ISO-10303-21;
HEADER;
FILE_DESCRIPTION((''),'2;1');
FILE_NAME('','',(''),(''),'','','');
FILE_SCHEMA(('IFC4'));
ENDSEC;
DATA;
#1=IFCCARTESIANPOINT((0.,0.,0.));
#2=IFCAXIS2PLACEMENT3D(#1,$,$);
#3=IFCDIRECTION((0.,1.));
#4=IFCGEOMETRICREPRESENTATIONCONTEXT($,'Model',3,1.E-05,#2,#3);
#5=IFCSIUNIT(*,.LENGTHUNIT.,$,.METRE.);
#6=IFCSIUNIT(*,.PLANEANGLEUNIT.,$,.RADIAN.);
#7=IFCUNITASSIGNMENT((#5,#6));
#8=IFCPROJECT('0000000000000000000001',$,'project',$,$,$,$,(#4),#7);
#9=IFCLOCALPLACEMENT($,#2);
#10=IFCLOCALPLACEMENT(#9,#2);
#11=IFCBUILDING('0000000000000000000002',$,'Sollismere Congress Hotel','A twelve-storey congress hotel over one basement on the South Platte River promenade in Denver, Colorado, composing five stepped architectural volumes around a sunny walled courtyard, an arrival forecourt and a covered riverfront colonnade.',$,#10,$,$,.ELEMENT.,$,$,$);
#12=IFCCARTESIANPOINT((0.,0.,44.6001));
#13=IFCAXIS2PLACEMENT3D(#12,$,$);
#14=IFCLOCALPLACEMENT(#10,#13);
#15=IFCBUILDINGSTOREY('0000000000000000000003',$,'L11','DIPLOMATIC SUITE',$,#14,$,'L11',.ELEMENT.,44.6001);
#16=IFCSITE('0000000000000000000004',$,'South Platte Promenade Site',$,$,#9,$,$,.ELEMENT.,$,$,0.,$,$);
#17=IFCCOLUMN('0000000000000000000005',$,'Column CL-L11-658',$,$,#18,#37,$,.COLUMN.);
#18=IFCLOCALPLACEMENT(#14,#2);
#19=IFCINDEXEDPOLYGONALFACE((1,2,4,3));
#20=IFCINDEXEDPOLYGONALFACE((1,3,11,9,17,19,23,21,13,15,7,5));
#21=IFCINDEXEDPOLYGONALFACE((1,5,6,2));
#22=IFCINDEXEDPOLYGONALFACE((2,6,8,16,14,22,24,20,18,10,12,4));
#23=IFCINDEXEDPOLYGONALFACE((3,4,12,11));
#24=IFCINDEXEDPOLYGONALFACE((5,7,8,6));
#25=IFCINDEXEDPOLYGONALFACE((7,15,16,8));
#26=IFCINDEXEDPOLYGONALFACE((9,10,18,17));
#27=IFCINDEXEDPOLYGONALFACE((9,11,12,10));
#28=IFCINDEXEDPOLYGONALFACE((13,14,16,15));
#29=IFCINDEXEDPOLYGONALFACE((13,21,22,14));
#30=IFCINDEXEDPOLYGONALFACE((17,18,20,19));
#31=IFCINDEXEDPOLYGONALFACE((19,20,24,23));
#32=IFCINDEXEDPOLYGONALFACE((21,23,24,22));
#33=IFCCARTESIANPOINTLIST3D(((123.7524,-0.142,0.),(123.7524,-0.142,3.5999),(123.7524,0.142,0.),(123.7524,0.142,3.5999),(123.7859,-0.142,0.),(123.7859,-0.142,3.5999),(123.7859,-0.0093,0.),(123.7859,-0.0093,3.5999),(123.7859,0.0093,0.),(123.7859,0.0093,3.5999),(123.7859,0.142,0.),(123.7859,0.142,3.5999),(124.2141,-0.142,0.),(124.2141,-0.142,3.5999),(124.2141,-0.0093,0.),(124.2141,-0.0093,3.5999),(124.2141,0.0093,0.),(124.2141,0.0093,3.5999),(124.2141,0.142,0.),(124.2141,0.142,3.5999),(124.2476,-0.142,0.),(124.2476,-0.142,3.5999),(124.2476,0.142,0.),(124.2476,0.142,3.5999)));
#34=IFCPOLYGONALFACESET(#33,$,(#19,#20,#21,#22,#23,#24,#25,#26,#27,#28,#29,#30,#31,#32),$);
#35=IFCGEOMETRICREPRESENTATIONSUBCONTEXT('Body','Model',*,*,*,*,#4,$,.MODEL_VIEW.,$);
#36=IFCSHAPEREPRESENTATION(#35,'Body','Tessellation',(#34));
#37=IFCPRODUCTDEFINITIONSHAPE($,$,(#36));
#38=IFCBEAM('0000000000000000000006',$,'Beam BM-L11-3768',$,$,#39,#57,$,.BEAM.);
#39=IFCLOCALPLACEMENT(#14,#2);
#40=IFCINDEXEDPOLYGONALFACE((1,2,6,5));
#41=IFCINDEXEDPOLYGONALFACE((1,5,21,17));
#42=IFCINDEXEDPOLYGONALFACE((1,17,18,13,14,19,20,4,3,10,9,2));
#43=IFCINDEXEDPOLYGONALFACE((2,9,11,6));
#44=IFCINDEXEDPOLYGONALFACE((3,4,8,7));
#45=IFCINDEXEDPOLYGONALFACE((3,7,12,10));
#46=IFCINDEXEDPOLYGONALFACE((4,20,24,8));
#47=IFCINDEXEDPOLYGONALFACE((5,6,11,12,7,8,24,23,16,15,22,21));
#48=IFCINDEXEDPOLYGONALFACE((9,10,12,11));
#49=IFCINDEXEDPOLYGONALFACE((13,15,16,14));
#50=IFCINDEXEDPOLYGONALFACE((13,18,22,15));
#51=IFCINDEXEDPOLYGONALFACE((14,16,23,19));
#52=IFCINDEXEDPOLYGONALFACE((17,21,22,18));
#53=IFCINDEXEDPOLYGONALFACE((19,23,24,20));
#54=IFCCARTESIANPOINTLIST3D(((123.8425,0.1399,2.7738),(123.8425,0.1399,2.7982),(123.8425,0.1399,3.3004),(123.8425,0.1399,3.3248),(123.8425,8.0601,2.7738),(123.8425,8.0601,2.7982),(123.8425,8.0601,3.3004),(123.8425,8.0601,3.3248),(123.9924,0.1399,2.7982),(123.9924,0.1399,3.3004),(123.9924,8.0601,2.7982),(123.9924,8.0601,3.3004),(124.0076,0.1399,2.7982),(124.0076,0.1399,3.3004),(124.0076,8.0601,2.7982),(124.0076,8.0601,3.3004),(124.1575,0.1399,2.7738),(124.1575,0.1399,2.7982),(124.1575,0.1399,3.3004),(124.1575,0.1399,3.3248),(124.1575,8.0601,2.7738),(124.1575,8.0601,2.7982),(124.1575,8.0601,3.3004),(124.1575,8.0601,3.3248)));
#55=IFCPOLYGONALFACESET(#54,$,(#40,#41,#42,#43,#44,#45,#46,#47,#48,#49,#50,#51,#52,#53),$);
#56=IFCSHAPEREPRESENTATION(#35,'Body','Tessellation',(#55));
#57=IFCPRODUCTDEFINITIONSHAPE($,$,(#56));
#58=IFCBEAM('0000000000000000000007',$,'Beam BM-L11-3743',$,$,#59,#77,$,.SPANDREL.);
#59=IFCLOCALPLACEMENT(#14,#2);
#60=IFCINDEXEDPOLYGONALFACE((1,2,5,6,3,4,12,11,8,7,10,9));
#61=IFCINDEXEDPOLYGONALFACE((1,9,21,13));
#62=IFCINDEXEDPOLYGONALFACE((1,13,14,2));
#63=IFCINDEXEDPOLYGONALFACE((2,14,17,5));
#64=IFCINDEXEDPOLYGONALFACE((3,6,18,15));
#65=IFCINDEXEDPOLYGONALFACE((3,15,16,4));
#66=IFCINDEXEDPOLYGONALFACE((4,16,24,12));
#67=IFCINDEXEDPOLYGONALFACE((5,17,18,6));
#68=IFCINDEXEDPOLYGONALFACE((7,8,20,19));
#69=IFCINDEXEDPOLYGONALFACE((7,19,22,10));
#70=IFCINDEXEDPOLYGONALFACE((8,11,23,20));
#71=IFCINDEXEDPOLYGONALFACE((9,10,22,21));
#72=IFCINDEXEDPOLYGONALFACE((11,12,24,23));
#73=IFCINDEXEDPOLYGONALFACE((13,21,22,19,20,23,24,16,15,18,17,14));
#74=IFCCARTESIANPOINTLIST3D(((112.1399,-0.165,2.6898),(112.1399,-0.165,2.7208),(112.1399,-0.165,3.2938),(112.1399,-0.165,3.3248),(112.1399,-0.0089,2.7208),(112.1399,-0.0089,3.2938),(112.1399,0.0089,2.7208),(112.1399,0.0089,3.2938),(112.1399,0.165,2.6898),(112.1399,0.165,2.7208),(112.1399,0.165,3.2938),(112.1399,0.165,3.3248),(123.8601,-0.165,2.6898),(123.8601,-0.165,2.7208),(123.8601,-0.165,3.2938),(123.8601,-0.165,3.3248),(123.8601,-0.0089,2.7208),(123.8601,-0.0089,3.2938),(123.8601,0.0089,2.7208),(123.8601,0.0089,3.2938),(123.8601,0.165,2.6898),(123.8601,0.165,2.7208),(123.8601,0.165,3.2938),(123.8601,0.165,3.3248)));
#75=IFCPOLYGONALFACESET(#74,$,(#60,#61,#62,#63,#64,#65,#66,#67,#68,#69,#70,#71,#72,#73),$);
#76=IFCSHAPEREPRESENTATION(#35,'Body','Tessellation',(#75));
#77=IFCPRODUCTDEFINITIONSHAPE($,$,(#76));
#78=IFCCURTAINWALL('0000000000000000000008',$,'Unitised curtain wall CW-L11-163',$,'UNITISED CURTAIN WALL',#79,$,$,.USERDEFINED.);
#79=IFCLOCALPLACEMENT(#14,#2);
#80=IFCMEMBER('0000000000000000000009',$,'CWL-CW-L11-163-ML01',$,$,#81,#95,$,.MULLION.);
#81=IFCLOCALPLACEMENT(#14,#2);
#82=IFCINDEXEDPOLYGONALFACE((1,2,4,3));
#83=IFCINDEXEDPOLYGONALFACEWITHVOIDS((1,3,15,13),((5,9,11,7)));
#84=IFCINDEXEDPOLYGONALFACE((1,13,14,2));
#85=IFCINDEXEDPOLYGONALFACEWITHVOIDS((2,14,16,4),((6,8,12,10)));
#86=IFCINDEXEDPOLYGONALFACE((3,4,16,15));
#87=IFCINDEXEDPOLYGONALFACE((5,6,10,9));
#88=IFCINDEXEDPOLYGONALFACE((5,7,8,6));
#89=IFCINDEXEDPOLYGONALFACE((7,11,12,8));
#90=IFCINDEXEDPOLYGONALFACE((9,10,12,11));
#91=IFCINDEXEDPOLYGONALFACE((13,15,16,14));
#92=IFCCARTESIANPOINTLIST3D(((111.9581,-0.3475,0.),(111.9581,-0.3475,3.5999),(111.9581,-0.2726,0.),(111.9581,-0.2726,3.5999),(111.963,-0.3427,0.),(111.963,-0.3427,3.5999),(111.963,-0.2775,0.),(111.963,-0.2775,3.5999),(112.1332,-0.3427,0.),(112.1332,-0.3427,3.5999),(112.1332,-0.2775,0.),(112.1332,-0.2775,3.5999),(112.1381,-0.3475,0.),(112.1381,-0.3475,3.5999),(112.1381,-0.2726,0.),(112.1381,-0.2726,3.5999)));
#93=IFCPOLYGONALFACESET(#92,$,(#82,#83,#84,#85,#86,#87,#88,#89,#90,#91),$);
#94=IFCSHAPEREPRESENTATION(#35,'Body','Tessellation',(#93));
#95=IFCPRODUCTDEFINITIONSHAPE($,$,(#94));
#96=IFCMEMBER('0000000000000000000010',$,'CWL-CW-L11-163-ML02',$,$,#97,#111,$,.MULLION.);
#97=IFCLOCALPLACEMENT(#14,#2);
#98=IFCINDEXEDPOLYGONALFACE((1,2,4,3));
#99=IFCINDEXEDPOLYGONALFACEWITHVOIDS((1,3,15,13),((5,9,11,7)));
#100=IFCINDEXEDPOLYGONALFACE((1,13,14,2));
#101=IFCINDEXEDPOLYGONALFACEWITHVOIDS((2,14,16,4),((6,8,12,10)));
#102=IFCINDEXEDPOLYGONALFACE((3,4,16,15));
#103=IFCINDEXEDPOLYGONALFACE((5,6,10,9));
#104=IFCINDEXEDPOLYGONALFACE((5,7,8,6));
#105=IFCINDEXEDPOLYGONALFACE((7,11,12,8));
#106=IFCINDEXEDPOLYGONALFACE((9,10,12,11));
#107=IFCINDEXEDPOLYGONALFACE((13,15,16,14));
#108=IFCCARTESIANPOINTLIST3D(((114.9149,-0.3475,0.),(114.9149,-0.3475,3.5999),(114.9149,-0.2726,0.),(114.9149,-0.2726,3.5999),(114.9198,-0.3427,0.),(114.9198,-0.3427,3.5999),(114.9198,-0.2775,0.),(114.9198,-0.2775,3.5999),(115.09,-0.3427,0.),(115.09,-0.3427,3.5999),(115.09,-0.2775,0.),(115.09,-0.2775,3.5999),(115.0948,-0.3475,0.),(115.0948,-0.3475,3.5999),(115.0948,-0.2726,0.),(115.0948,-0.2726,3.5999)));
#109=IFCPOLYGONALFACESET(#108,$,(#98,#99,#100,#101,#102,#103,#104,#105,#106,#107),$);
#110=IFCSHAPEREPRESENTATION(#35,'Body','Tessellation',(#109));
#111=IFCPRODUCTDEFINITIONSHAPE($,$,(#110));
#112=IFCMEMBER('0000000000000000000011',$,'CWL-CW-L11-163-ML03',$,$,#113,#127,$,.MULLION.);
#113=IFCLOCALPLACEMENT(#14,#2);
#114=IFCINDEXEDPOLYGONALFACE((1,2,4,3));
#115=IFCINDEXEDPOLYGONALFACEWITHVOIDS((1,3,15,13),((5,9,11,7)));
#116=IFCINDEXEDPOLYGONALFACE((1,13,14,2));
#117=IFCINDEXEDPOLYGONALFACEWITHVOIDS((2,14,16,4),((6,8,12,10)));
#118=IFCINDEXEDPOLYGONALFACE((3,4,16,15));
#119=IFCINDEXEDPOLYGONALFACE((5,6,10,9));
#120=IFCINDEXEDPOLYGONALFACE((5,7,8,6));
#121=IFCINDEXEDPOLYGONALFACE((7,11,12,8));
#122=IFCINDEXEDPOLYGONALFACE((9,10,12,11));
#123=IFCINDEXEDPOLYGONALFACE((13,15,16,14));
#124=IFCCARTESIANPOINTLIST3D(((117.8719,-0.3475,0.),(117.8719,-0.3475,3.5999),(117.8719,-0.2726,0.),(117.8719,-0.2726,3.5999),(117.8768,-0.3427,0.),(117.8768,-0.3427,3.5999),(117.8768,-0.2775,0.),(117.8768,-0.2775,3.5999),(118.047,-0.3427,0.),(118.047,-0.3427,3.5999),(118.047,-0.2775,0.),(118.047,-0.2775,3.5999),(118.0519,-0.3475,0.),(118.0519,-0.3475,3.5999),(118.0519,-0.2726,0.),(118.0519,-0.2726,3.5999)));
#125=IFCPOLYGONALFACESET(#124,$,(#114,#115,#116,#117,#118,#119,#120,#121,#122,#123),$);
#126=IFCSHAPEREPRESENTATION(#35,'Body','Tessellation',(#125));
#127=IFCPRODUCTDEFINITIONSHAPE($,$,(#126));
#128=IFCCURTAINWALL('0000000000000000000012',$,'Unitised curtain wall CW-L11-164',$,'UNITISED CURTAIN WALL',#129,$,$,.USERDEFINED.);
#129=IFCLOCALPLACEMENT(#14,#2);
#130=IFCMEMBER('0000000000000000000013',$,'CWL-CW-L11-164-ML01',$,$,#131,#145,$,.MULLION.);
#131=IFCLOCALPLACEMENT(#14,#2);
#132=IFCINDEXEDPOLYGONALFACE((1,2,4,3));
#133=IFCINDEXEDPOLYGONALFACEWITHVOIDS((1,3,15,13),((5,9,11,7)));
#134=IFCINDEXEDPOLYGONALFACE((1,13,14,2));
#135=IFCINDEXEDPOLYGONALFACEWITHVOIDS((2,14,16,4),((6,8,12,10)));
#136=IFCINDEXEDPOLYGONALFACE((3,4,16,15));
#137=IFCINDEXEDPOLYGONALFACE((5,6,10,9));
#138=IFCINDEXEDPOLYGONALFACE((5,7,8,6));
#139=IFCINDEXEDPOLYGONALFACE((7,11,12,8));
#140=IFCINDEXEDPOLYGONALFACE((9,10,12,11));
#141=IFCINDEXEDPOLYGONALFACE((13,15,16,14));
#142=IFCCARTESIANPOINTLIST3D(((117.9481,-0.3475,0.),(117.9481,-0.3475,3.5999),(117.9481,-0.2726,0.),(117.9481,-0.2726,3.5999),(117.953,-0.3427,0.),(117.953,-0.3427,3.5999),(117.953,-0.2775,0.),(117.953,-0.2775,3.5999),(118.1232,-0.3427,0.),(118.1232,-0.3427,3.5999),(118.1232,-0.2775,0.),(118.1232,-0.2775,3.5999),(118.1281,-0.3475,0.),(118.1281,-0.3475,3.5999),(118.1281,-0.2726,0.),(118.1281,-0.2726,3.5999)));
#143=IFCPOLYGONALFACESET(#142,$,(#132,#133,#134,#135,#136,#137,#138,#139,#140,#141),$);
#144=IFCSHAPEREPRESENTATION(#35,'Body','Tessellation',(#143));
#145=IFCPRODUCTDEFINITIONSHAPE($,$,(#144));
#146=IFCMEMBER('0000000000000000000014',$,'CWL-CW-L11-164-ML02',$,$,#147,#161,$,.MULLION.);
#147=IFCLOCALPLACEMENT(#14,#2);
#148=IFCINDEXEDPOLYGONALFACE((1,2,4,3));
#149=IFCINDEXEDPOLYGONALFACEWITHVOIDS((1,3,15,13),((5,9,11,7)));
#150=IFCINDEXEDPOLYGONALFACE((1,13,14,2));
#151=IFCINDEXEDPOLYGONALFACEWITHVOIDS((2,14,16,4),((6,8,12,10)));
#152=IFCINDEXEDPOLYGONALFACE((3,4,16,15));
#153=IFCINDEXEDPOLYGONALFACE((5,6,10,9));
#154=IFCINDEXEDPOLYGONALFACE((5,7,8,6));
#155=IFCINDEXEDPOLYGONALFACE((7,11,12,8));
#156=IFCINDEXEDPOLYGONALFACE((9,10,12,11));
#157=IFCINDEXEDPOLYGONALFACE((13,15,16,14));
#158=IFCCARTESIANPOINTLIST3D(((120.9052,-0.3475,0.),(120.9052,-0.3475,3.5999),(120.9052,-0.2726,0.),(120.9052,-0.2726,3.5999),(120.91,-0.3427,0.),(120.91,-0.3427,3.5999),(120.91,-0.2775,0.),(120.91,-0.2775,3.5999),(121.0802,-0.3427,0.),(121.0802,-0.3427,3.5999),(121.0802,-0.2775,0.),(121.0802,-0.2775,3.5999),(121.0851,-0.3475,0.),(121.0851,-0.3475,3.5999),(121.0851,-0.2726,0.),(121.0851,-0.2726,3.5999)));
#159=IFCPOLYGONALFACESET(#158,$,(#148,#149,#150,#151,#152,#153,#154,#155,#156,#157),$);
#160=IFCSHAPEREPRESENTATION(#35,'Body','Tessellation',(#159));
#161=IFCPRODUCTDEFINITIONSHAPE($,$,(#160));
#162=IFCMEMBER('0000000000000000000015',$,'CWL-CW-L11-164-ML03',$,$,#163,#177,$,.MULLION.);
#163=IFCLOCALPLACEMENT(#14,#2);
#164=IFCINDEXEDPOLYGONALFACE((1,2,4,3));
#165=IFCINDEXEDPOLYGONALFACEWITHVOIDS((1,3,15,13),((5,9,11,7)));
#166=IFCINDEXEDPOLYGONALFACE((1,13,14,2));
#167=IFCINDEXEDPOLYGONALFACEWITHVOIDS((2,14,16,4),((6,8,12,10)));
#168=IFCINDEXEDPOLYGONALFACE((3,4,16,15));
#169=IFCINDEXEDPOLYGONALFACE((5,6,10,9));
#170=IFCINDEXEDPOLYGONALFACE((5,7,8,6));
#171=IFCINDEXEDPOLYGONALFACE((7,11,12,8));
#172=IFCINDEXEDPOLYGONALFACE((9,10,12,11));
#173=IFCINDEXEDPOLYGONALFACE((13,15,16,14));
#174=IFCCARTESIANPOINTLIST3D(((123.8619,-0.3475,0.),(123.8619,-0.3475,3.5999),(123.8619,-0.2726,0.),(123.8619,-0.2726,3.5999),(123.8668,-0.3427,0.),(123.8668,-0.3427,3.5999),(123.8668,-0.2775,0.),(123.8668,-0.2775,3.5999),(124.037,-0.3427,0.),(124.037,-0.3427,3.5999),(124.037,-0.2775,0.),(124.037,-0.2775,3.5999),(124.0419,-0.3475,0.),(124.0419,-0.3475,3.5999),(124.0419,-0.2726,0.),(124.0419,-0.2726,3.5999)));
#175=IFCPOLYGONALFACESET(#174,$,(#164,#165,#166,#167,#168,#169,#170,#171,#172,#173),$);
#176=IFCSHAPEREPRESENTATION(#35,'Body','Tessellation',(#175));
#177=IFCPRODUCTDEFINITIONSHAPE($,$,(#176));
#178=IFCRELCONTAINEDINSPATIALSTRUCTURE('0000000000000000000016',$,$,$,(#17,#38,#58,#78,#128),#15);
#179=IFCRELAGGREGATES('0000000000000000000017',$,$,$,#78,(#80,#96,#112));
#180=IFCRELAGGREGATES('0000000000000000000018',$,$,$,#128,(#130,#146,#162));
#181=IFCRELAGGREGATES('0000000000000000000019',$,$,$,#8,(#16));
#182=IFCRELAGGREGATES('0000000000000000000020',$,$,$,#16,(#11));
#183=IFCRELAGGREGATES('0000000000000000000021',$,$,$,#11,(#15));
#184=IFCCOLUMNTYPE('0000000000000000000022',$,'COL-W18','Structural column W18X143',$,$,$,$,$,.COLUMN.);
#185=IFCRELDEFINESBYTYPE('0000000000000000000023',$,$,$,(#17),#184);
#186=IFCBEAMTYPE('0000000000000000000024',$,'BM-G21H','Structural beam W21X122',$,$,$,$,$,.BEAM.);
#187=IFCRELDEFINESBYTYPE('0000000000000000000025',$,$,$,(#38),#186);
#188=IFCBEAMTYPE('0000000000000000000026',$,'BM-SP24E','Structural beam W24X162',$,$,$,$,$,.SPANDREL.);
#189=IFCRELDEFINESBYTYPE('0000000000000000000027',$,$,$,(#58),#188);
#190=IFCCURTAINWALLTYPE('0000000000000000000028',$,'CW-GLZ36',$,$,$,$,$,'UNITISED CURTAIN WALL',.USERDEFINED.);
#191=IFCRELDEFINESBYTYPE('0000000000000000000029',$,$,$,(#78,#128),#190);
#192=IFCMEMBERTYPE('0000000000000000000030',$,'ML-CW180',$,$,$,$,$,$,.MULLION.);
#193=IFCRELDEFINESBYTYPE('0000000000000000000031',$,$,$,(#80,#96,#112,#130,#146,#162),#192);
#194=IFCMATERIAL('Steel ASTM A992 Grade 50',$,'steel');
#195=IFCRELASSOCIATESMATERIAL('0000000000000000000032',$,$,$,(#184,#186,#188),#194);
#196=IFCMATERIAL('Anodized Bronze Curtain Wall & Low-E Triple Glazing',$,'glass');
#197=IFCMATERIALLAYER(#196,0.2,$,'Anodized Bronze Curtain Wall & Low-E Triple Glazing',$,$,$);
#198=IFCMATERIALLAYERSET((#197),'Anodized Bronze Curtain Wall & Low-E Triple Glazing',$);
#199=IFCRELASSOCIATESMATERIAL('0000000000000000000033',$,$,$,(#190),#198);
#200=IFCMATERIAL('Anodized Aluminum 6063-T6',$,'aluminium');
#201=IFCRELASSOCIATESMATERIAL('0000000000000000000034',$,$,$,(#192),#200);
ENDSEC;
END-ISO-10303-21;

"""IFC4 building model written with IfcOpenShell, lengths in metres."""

from ifc_helpers import new_model, si_unit, direction, frame, origin, origin_2d, place, context, subcontext, project, spatial, hollow_rectangle, i_section, extrude, material, layer, layer_set, material_profile, profile_set, type_object, element, aggregate, save


model = new_model("IFC4")

# Units and contexts
model_context = context("Model", 3, precision=1e-05, world=origin(), true_north=direction((0.0, 1.0)))
body_context = subcontext(model_context, "Body", "Model", "MODEL_VIEW")
ifc_project = project(units=[si_unit("LENGTHUNIT", "METRE"), si_unit("PLANEANGLEUNIT", "RADIAN")], contexts=[model_context])

# Site, building, storey
site_placement = place(None, origin())
site = spatial("IfcSite", under=ifc_project, at=site_placement, Name="South Platte Promenade Site", CompositionType="ELEMENT", RefElevation=0.0)
building_placement = place(site_placement, origin())
building = spatial("IfcBuilding", under=site, at=building_placement, Name="Sollismere Congress Hotel", Description="A twelve-storey congress hotel over one basement on the South Platte River promenade in Denver, Colorado, composing five stepped architectural volumes around a sunny walled courtyard, an arrival forecourt and a covered riverfront colonnade.", CompositionType="ELEMENT")
storey_placement = place(building_placement, frame((0.0, 0.0, 44.6001)))
storey = spatial("IfcBuildingStorey", under=building, at=storey_placement, Name="L11", Description="DIPLOMATIC SUITE", LongName="L11", CompositionType="ELEMENT", Elevation=44.6001)

# Column
ifc_material_1 = material(Name="Steel ASTM A992 Grade 50", Category="steel")
ifc_material_profile_1 = material_profile(ifc_material_1, i_section(OverallWidth=0.2839, OverallDepth=0.4951, WebThickness=0.0186, FlangeThickness=0.0334, at=origin_2d()), Name="W18X143")
ifc_profile_set_1 = profile_set([ifc_material_profile_1], Name="Steel ASTM A992 Grade 50")
column_type = type_object("IfcColumnType", Name="COL-W18", Description="Structural column W18X143", PredefinedType="COLUMN", material=ifc_profile_set_1)
column_placement = place(storey_placement, frame((124.0, 0.0, 0.0), z_axis=(0.0, 0.0, 1.0), x_axis=(0.0, 1.0, 0.0)))
element("IfcColumn", 1, at=column_placement, inside=storey, type_object=column_type, Name="Column CL-L11-658", PredefinedType="COLUMN", context=body_context, shape_type="SweptSolid", body=[
    extrude(i_section(OverallWidth=0.2839, OverallDepth=0.4951, WebThickness=0.0186, FlangeThickness=0.0334, at=origin_2d()), origin(), (0.0, 0.0, 1.0), 3.5999),
])

# Beams
ifc_material_profile_2 = material_profile(ifc_material_1, i_section(OverallWidth=0.3149, OverallDepth=0.551, WebThickness=0.0151, FlangeThickness=0.0244, at=origin_2d()), Name="W21X122")
ifc_profile_set_2 = profile_set([ifc_material_profile_2], Name="Steel ASTM A992 Grade 50")
beam_type_1 = type_object("IfcBeamType", Name="BM-G21H", Description="Structural beam W21X122", PredefinedType="BEAM", material=ifc_profile_set_2)
beam_1_placement = place(storey_placement, frame((124.0, 0.1399, 3.0493), z_axis=(0.0, 1.0, 0.0), x_axis=(-1.0, 0.0, 0.0)))
element("IfcBeam", 2, at=beam_1_placement, inside=storey, type_object=beam_type_1, Name="Beam BM-L11-3768", PredefinedType="BEAM", context=body_context, shape_type="SweptSolid", body=[
    extrude(i_section(OverallWidth=0.3149, OverallDepth=0.551, WebThickness=0.0151, FlangeThickness=0.0244, at=origin_2d()), origin(), (0.0, 0.0, 1.0), 7.9202),
])
ifc_material_profile_3 = material_profile(ifc_material_1, i_section(OverallWidth=0.3301, OverallDepth=0.635, WebThickness=0.0178, FlangeThickness=0.031, at=origin_2d()), Name="W24X162")
ifc_profile_set_3 = profile_set([ifc_material_profile_3], Name="Steel ASTM A992 Grade 50")
beam_type_2 = type_object("IfcBeamType", Name="BM-SP24E", Description="Structural beam W24X162", PredefinedType="SPANDREL", material=ifc_profile_set_3)
beam_2_placement = place(storey_placement, frame((112.1399, 0.0, 3.0073), z_axis=(1.0, 0.0, 0.0), x_axis=(0.0, 1.0, 0.0)))
element("IfcBeam", 3, at=beam_2_placement, inside=storey, type_object=beam_type_2, Name="Beam BM-L11-3743", PredefinedType="SPANDREL", context=body_context, shape_type="SweptSolid", body=[
    extrude(i_section(OverallWidth=0.3301, OverallDepth=0.635, WebThickness=0.0178, FlangeThickness=0.031, at=origin_2d()), origin(), (0.0, 0.0, 1.0), 11.7202),
])

# Curtain walls, members
ifc_material_2 = material(Name="Anodized Bronze Curtain Wall & Low-E Triple Glazing", Category="glass")
ifc_layer_1 = layer(ifc_material_2, 0.2, Name="Anodized Bronze Curtain Wall & Low-E Triple Glazing")
ifc_layer_set_1 = layer_set([ifc_layer_1], Name="Anodized Bronze Curtain Wall & Low-E Triple Glazing")
curtain_wall_type = type_object("IfcCurtainWallType", Name="CW-GLZ36", ElementType="UNITISED CURTAIN WALL", PredefinedType="USERDEFINED", material=ifc_layer_set_1)
curtain_wall_1_placement = place(storey_placement, origin())
curtain_wall_1 = element("IfcCurtainWall", 4, at=curtain_wall_1_placement, inside=storey, type_object=curtain_wall_type, Name="Unitised curtain wall CW-L11-163", ObjectType="UNITISED CURTAIN WALL", PredefinedType="USERDEFINED")
ifc_material_3 = material(Name="Anodized Aluminum 6063-T6", Category="aluminium")
ifc_material_profile_4 = material_profile(ifc_material_3, hollow_rectangle(XDim=0.075, YDim=0.1799, WallThickness=0.0049, at=origin_2d()), Name="ALU180X75X5")
ifc_profile_set_4 = profile_set([ifc_material_profile_4], Name="Anodized Aluminum 6063-T6")
member_type_1 = type_object("IfcMemberType", Name="ML-CW180", PredefinedType="MULLION", material=ifc_profile_set_4)
member_1_placement = place(storey_placement, frame((112.0481, -0.3101, 0.0), z_axis=(0.0, 0.0, 1.0), x_axis=(0.0, 1.0, 0.0)))
member_1 = element("IfcMember", 5, at=member_1_placement, type_object=member_type_1, Name="CWL-CW-L11-163-ML01", PredefinedType="MULLION", context=body_context, shape_type="SweptSolid", body=[
    extrude(hollow_rectangle(XDim=0.075, YDim=0.1799, WallThickness=0.0049, at=origin_2d()), origin(), (0.0, 0.0, 1.0), 3.5999),
])
member_2_placement = place(storey_placement, frame((115.0049, -0.3101, 0.0), z_axis=(0.0, 0.0, 1.0), x_axis=(0.0, 1.0, 0.0)))
member_2 = element("IfcMember", 6, at=member_2_placement, type_object=member_type_1, Name="CWL-CW-L11-163-ML02", PredefinedType="MULLION", context=body_context, shape_type="SweptSolid", body=[
    extrude(hollow_rectangle(XDim=0.075, YDim=0.1799, WallThickness=0.0049, at=origin_2d()), origin(), (0.0, 0.0, 1.0), 3.5999),
])
member_3_placement = place(storey_placement, frame((117.9619, -0.3101, 0.0), z_axis=(0.0, 0.0, 1.0), x_axis=(0.0, 1.0, 0.0)))
member_3 = element("IfcMember", 7, at=member_3_placement, type_object=member_type_1, Name="CWL-CW-L11-163-ML03", PredefinedType="MULLION", context=body_context, shape_type="SweptSolid", body=[
    extrude(hollow_rectangle(XDim=0.075, YDim=0.1799, WallThickness=0.0049, at=origin_2d()), origin(), (0.0, 0.0, 1.0), 3.5999),
])
curtain_wall_2_placement = place(storey_placement, origin())
curtain_wall_2 = element("IfcCurtainWall", 8, at=curtain_wall_2_placement, inside=storey, type_object=curtain_wall_type, Name="Unitised curtain wall CW-L11-164", ObjectType="UNITISED CURTAIN WALL", PredefinedType="USERDEFINED")
member_4_placement = place(storey_placement, frame((118.0381, -0.3101, 0.0), z_axis=(0.0, 0.0, 1.0), x_axis=(0.0, 1.0, 0.0)))
member_4 = element("IfcMember", 9, at=member_4_placement, type_object=member_type_1, Name="CWL-CW-L11-164-ML01", PredefinedType="MULLION", context=body_context, shape_type="SweptSolid", body=[
    extrude(hollow_rectangle(XDim=0.075, YDim=0.1799, WallThickness=0.0049, at=origin_2d()), origin(), (0.0, 0.0, 1.0), 3.5999),
])
member_5_placement = place(storey_placement, frame((120.9951, -0.3101, 0.0), z_axis=(0.0, 0.0, 1.0), x_axis=(0.0, 1.0, 0.0)))
member_5 = element("IfcMember", 10, at=member_5_placement, type_object=member_type_1, Name="CWL-CW-L11-164-ML02", PredefinedType="MULLION", context=body_context, shape_type="SweptSolid", body=[
    extrude(hollow_rectangle(XDim=0.075, YDim=0.1799, WallThickness=0.0049, at=origin_2d()), origin(), (0.0, 0.0, 1.0), 3.5999),
])
member_6_placement = place(storey_placement, frame((123.9519, -0.3101, 0.0), z_axis=(0.0, 0.0, 1.0), x_axis=(0.0, 1.0, 0.0)))
member_6 = element("IfcMember", 11, at=member_6_placement, type_object=member_type_1, Name="CWL-CW-L11-164-ML03", PredefinedType="MULLION", context=body_context, shape_type="SweptSolid", body=[
    extrude(hollow_rectangle(XDim=0.075, YDim=0.1799, WallThickness=0.0049, at=origin_2d()), origin(), (0.0, 0.0, 1.0), 3.5999),
])

aggregate(curtain_wall_1, [member_1, member_2, member_3])
aggregate(curtain_wall_2, [member_4, member_5, member_6])

save(model, "model.ifc")
